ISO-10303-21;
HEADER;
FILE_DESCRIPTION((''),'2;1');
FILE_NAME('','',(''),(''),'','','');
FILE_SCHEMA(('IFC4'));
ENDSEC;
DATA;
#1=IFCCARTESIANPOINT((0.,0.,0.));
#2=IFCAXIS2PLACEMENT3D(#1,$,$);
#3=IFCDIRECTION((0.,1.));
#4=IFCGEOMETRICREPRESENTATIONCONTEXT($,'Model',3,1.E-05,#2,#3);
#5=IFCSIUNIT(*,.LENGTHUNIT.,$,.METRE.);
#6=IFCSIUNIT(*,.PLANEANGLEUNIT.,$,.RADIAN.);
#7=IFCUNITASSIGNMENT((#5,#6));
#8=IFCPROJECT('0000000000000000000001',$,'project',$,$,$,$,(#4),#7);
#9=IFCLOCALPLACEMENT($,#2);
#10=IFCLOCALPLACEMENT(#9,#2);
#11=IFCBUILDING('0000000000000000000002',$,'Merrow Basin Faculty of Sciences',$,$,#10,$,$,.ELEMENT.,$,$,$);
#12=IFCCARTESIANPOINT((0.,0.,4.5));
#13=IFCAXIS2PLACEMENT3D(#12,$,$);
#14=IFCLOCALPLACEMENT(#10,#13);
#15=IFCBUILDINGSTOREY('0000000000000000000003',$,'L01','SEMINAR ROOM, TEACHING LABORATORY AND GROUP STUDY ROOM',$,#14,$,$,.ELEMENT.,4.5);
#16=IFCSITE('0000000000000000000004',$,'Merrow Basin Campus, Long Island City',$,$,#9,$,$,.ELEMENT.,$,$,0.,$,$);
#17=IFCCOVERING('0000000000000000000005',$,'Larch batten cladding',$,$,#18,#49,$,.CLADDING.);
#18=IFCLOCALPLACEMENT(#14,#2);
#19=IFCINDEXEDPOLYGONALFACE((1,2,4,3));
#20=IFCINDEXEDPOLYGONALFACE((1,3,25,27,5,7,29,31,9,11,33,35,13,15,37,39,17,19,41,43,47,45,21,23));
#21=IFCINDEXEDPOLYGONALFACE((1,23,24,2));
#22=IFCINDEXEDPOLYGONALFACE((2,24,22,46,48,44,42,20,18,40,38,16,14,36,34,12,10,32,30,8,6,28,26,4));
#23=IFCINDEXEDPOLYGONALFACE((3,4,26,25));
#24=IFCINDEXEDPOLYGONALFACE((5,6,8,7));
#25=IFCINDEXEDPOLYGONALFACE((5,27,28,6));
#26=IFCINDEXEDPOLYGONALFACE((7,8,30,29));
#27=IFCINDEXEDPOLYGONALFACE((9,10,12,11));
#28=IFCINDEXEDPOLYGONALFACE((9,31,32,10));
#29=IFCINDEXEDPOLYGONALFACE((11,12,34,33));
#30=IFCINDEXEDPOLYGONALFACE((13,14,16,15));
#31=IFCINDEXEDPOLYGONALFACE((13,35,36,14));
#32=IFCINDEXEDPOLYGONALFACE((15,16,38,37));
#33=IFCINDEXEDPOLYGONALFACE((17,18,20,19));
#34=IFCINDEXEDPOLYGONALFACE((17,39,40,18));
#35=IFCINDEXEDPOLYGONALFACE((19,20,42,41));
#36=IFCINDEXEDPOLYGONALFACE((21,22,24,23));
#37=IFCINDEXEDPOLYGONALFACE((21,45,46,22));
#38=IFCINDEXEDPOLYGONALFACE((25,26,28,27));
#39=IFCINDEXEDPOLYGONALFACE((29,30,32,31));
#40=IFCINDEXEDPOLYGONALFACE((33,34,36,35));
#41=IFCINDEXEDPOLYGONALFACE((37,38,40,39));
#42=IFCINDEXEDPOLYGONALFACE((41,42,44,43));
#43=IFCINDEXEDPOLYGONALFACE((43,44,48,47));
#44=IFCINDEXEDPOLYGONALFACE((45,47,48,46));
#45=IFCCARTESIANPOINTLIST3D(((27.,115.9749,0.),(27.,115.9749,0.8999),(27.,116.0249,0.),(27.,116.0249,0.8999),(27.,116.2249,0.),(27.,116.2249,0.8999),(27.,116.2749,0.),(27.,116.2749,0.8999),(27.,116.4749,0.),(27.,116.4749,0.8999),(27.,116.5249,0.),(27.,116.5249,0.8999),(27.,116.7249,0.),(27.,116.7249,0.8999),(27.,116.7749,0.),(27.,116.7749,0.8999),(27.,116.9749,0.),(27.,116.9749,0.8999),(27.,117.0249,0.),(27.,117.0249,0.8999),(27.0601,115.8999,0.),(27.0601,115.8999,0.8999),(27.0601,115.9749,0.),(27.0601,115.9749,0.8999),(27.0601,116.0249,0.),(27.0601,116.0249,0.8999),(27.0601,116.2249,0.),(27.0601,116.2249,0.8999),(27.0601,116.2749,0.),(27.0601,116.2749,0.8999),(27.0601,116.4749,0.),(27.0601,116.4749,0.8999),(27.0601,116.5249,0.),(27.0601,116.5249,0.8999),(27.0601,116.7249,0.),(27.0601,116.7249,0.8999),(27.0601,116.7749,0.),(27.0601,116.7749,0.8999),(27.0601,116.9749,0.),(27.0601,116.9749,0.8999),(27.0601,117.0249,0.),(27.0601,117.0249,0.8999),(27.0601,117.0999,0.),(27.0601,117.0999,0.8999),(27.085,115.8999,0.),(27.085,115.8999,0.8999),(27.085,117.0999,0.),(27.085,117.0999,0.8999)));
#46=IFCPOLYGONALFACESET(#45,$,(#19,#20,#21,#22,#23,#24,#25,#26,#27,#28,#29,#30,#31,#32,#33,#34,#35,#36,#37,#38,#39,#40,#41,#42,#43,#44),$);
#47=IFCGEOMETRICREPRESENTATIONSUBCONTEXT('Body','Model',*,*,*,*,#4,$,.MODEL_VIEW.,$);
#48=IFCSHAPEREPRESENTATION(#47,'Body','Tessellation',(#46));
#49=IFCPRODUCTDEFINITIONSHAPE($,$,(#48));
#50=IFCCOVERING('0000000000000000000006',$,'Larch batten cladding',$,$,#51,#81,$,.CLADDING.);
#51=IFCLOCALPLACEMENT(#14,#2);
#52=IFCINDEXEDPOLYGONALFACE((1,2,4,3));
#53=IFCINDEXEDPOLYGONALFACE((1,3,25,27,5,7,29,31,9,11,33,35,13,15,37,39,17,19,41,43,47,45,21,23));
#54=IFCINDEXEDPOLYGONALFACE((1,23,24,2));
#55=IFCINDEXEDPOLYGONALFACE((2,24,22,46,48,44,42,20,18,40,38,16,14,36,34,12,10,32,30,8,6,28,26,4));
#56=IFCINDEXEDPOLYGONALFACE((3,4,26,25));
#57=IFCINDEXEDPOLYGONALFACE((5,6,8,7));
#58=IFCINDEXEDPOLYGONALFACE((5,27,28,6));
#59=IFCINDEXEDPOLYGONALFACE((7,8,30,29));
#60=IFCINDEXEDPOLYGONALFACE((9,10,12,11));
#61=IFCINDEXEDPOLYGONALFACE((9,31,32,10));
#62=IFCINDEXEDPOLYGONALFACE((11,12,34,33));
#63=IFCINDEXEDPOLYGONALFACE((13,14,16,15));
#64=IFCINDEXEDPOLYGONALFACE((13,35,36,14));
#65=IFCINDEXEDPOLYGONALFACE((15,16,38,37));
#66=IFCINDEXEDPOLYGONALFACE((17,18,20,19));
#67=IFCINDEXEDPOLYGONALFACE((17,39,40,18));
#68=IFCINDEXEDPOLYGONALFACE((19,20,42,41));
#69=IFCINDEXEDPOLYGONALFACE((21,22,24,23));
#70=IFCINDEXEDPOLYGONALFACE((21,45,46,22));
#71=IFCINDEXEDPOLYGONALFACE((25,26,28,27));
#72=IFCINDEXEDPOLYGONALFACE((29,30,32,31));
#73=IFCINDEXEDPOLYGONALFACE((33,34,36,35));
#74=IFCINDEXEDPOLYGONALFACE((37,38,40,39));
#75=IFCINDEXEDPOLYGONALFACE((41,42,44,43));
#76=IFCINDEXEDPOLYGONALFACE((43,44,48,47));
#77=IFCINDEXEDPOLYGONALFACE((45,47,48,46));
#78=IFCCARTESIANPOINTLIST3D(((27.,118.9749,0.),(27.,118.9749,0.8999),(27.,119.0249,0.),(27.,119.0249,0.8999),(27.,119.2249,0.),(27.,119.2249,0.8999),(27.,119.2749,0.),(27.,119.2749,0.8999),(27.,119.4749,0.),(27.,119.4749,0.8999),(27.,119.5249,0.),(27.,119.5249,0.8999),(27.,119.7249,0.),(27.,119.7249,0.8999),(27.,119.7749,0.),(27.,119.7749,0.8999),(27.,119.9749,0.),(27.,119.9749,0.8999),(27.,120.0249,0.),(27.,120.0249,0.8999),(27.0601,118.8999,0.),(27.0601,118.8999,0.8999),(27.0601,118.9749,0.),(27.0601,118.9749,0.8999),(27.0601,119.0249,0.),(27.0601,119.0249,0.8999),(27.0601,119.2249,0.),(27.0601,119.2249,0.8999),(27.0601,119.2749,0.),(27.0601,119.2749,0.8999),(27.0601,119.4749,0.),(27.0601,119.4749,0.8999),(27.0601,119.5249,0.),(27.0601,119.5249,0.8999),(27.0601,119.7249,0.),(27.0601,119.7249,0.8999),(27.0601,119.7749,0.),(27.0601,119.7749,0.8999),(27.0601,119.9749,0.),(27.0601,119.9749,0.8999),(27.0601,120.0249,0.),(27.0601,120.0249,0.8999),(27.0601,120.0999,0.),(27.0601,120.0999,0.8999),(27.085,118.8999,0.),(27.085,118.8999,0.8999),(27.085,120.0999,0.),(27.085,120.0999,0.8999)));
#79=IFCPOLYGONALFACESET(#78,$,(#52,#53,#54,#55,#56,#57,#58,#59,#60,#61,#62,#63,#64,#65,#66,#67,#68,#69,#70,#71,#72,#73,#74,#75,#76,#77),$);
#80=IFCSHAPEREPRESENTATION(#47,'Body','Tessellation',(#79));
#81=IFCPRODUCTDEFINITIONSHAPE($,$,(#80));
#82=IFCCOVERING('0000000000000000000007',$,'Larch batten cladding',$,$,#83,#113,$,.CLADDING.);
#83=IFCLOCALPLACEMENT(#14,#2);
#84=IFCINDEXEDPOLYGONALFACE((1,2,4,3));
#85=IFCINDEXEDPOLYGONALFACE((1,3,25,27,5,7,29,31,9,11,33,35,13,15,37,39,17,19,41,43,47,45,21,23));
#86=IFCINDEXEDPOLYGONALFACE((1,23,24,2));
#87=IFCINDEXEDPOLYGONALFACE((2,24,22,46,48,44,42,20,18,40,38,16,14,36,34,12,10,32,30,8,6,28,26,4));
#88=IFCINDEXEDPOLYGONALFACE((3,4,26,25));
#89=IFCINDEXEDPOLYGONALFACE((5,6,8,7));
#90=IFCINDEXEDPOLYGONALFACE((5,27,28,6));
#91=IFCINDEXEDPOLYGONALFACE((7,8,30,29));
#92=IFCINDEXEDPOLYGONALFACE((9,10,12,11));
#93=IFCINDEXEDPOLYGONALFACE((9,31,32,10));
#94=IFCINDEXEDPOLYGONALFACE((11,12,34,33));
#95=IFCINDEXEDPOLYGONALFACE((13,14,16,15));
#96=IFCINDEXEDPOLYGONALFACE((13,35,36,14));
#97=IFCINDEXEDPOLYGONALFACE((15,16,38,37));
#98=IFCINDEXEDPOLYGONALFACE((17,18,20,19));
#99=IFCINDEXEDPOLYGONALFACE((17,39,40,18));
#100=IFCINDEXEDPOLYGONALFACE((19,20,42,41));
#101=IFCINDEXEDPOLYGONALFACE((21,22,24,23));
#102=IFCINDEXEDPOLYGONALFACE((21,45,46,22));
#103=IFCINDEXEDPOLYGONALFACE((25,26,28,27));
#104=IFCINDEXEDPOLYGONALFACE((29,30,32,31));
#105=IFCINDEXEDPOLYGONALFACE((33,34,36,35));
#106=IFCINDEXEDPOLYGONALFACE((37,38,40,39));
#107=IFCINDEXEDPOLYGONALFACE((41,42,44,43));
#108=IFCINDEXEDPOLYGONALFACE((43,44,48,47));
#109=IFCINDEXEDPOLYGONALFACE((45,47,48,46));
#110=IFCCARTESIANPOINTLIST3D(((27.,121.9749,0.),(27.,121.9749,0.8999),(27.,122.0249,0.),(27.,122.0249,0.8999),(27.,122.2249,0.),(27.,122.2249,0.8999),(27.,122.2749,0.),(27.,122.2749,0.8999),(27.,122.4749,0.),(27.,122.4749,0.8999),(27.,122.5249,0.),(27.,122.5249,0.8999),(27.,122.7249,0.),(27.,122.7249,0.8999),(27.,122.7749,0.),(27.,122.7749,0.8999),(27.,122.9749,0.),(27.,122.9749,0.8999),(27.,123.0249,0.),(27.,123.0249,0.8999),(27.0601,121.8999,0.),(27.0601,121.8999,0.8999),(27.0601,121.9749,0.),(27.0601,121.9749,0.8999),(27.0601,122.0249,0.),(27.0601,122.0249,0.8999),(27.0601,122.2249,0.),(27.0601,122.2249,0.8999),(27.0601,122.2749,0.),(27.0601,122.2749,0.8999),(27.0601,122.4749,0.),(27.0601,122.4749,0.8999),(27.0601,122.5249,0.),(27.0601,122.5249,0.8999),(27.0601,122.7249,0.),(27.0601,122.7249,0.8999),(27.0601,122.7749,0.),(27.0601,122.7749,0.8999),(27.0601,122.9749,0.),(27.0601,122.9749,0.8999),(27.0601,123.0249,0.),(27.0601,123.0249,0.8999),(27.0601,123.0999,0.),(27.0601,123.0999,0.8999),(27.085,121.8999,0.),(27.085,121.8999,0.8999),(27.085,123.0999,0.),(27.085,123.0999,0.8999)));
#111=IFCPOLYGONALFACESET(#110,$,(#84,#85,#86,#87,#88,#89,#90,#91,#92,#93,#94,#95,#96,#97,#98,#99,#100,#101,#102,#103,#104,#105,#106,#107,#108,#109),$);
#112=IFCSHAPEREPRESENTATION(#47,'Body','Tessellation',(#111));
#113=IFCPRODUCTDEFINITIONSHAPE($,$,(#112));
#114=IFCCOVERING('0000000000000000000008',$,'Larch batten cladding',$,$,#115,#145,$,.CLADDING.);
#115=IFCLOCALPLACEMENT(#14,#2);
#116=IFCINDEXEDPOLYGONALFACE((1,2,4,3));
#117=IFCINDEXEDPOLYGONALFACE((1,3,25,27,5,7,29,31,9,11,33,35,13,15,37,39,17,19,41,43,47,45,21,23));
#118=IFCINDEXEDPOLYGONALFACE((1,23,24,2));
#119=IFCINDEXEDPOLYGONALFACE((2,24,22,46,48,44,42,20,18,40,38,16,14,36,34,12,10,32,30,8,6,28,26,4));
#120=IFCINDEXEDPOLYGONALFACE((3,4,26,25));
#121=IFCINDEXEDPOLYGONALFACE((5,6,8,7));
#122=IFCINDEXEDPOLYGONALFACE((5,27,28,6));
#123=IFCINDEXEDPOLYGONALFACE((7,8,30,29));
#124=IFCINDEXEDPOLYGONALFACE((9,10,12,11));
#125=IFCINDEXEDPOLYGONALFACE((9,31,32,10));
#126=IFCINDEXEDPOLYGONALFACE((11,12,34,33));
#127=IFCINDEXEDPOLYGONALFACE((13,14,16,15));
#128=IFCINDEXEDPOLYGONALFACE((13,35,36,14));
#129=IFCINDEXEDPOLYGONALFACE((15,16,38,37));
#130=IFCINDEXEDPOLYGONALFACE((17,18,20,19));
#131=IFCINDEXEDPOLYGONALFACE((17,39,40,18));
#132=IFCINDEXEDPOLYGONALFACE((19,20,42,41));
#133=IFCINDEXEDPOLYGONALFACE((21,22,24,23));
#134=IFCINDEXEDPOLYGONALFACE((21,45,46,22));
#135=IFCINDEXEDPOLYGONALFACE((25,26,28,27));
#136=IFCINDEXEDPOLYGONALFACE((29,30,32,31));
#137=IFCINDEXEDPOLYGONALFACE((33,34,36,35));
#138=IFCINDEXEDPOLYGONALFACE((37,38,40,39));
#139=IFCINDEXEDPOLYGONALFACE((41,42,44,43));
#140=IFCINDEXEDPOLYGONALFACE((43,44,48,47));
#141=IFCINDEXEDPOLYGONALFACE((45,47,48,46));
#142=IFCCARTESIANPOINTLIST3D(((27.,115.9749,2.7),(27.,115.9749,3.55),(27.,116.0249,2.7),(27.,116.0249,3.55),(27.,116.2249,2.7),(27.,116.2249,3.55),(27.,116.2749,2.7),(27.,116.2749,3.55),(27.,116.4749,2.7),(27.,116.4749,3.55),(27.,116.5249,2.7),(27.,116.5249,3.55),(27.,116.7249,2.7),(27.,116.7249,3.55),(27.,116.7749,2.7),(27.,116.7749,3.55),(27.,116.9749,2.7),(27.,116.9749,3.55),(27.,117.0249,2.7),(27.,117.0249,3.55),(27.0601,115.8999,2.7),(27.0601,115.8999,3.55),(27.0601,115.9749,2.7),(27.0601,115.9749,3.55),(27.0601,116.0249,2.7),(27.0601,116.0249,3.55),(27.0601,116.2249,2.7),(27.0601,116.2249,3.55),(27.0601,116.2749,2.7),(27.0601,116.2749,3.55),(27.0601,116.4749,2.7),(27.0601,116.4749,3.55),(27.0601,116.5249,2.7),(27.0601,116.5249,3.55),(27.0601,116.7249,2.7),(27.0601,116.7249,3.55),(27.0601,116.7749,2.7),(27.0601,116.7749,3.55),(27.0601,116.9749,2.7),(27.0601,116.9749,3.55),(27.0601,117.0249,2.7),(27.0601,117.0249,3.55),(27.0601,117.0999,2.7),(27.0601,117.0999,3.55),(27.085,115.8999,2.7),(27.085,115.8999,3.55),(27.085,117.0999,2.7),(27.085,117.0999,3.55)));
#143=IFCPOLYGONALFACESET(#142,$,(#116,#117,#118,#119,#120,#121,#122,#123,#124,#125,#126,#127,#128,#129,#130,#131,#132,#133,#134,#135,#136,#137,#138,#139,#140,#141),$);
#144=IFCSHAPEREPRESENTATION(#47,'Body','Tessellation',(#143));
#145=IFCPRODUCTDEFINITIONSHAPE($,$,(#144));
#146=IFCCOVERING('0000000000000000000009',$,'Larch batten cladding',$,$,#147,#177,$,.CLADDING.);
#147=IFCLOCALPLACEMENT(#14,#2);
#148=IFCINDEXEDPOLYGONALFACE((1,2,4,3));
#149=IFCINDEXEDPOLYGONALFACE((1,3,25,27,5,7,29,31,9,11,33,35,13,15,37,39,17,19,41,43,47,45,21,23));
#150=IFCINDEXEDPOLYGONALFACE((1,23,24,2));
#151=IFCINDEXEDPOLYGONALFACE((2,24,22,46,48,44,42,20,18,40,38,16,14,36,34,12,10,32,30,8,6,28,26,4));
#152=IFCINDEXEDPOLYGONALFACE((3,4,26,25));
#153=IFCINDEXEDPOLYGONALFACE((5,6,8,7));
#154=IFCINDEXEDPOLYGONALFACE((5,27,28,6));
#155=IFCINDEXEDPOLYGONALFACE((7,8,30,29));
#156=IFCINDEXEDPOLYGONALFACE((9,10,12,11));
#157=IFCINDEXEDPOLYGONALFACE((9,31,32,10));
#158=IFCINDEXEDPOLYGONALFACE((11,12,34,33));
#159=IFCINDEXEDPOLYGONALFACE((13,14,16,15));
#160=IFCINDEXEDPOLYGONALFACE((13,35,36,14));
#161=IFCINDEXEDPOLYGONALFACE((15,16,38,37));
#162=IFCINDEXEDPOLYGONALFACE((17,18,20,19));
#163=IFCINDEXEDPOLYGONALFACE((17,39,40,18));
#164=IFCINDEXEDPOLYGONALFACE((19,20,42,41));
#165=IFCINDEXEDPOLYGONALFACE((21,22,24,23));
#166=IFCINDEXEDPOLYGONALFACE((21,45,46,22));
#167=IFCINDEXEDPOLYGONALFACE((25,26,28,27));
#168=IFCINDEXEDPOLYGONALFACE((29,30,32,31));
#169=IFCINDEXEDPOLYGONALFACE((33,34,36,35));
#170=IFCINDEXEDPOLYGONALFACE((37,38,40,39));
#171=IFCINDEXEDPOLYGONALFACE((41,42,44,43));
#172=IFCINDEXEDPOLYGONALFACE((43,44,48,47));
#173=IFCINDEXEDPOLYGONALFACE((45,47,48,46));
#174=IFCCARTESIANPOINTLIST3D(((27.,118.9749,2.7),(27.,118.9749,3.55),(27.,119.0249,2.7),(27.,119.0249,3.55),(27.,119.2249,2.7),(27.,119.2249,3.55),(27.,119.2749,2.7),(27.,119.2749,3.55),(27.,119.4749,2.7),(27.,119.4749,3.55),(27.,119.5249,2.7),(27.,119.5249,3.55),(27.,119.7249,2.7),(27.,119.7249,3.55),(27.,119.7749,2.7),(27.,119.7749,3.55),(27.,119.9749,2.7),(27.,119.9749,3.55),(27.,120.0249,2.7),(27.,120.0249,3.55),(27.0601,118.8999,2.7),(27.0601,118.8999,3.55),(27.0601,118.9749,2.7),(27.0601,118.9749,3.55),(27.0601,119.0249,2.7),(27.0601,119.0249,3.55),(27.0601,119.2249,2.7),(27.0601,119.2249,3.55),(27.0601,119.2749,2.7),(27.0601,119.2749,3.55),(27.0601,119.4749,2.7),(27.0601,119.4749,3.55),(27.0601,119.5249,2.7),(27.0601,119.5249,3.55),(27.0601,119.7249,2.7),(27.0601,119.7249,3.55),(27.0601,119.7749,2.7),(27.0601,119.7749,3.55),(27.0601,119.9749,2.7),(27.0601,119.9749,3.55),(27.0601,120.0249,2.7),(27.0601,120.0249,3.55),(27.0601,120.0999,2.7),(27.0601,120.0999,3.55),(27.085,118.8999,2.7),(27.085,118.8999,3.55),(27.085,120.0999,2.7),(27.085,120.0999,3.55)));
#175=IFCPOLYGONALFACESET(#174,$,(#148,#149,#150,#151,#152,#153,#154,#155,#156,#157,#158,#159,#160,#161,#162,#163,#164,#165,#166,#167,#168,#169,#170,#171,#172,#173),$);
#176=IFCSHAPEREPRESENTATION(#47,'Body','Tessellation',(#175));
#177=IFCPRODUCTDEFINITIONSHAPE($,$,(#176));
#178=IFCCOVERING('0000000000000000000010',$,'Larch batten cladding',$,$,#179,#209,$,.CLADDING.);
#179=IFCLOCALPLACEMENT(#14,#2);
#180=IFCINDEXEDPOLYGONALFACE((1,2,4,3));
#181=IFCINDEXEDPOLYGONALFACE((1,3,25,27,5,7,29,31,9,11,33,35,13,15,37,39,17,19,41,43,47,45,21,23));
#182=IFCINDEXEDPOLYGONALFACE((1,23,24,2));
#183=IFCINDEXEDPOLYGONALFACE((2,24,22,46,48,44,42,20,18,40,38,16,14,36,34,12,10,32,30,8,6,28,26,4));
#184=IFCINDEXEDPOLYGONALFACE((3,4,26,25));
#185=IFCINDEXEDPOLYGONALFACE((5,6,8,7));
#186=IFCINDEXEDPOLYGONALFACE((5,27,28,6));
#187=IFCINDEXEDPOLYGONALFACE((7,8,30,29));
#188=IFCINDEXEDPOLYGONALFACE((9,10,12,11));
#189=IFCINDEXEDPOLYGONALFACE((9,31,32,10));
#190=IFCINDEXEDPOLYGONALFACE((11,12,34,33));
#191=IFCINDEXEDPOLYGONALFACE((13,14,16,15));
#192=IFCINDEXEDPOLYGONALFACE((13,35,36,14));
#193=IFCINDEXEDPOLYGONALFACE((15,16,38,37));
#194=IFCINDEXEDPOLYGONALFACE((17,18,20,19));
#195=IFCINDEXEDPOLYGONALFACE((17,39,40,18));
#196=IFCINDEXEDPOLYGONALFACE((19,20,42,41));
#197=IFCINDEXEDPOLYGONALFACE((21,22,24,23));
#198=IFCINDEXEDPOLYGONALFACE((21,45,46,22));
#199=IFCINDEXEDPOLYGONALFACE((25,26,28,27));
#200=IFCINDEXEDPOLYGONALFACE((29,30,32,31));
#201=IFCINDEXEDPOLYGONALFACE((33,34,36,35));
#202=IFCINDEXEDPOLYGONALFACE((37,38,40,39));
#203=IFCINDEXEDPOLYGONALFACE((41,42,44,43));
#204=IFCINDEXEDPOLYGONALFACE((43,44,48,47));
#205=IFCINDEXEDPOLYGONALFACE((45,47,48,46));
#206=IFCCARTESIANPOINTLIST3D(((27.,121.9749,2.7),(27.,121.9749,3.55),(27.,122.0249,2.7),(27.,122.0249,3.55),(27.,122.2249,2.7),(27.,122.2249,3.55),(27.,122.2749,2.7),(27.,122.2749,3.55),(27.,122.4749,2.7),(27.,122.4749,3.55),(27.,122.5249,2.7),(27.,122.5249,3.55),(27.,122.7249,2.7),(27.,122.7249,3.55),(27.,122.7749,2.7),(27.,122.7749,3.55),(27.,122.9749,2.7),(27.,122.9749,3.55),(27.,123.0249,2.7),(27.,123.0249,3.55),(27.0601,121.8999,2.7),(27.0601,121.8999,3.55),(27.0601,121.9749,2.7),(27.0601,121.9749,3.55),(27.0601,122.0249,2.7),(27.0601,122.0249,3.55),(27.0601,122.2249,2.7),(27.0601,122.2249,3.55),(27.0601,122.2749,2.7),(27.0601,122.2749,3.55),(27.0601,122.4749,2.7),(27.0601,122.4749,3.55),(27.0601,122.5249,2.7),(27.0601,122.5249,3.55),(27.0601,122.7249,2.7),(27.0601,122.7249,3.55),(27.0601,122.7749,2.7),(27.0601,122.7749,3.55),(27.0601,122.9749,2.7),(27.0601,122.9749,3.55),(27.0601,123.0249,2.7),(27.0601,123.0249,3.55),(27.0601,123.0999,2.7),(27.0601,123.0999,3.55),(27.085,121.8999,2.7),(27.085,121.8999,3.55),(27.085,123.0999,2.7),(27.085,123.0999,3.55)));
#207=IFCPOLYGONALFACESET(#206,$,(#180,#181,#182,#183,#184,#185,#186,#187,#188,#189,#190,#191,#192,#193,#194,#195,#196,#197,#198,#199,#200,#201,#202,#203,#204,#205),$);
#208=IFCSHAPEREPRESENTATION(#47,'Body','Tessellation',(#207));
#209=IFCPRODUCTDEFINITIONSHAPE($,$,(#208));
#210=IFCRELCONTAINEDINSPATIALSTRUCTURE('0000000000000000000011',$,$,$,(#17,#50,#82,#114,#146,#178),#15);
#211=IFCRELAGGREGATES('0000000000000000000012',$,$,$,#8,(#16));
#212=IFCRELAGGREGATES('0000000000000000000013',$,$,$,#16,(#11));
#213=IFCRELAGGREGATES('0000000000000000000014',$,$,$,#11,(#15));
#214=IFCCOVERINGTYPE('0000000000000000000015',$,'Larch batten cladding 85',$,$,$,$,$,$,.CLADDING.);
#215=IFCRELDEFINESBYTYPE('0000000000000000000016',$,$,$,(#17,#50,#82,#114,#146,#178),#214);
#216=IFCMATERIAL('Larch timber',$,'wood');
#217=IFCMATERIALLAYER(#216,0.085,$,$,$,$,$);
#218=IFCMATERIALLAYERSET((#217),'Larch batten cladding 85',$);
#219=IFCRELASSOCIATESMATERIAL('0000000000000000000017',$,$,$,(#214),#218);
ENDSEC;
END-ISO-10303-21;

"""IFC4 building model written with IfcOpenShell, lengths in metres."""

from ifc_helpers import new_model, si_unit, direction, frame, origin, place, context, subcontext, project, spatial, polyline, outline, extrude, source, transform, mapped, material, layer, layer_set, type_object, element, save


model = new_model("IFC4")

# Units and contexts
model_context = context("Model", 3, precision=1e-05, world=origin(), true_north=direction((0.0, 1.0)))
body_context = subcontext(model_context, "Body", "Model", "MODEL_VIEW")
ifc_project = project(units=[si_unit("LENGTHUNIT", "METRE"), si_unit("PLANEANGLEUNIT", "RADIAN")], contexts=[model_context])

# Site, building, storey
site_placement = place(None, origin())
site = spatial("IfcSite", under=ifc_project, at=site_placement, Name="Merrow Basin Campus, Long Island City", CompositionType="ELEMENT", RefElevation=0.0)
building_placement = place(site_placement, origin())
building = spatial("IfcBuilding", under=site, at=building_placement, Name="Merrow Basin Faculty of Sciences", CompositionType="ELEMENT")
storey_placement = place(building_placement, frame((0.0, 0.0, 4.5)))
storey = spatial("IfcBuildingStorey", under=building, at=storey_placement, Name="L01", Description="SEMINAR ROOM, TEACHING LABORATORY AND GROUP STUDY ROOM", CompositionType="ELEMENT", Elevation=4.5)

# Coverings
ifc_material_1 = material(Name="Larch timber", Category="wood")
ifc_layer_1 = layer(ifc_material_1, 0.085)
ifc_layer_set_1 = layer_set([ifc_layer_1], Name="Larch batten cladding 85")
covering_type_1 = type_object("IfcCoveringType", Name="Larch batten cladding 85", PredefinedType="CLADDING", material=ifc_layer_set_1)
shared_shape_1 = source(origin(), body_context, "Body", "SweptSolid", [
    extrude(outline(polyline([(0.0, 0.0), (1.2, 0.0), (1.2, 0.0249), (1.125, 0.0249), (1.125, 0.085), (1.075, 0.085), (1.075, 0.0249), (0.875, 0.0249), (0.875, 0.085), (0.825, 0.085), (0.825, 0.0249), (0.625, 0.0249), (0.625, 0.085), (0.575, 0.085), (0.575, 0.0249), (0.375, 0.0249), (0.375, 0.085), (0.325, 0.085), (0.325, 0.0249), (0.125, 0.0249), (0.125, 0.085), (0.075, 0.085), (0.075, 0.0249), (0.0, 0.0249), (0.0, 0.0)])), origin(), (0.0, 0.0, 1.0), 0.8999),
])
for number, where, z_axis, x_axis, name in (
    (1, (27.085, 115.8999, 0.0), (0.0, 0.0, 1.0), (0.0, 1.0, 0.0), "Larch batten cladding"),
    (2, (27.085, 118.8999, 0.0), (0.0, 0.0, 1.0), (0.0, 1.0, 0.0), "Larch batten cladding"),
    (3, (27.085, 121.8999, 0.0), (0.0, 0.0, 1.0), (0.0, 1.0, 0.0), "Larch batten cladding"),
):
    element("IfcCovering", number, at=place(storey_placement, frame(where, z_axis=z_axis, x_axis=x_axis)), inside=storey, type_object=covering_type_1, Name=name, PredefinedType="CLADDING", context=body_context, shape_type="MappedRepresentation", body=[
        mapped(shared_shape_1, transform((0.0, 0.0, 0.0), scale=1.0)),
    ])
shared_shape_2 = source(origin(), body_context, "Body", "SweptSolid", [
    extrude(outline(polyline([(0.0, 0.0), (1.2, 0.0), (1.2, 0.0249), (1.125, 0.0249), (1.125, 0.085), (1.075, 0.085), (1.075, 0.0249), (0.875, 0.0249), (0.875, 0.085), (0.825, 0.085), (0.825, 0.0249), (0.625, 0.0249), (0.625, 0.085), (0.575, 0.085), (0.575, 0.0249), (0.375, 0.0249), (0.375, 0.085), (0.325, 0.085), (0.325, 0.0249), (0.125, 0.0249), (0.125, 0.085), (0.075, 0.085), (0.075, 0.0249), (0.0, 0.0249), (0.0, 0.0)])), origin(), (0.0, 0.0, 1.0), 0.8501),
])
for number, where, z_axis, x_axis, name in (
    (4, (27.085, 115.8999, 2.7), (0.0, 0.0, 1.0), (0.0, 1.0, 0.0), "Larch batten cladding"),
    (5, (27.085, 118.8999, 2.7), (0.0, 0.0, 1.0), (0.0, 1.0, 0.0), "Larch batten cladding"),
    (6, (27.085, 121.8999, 2.7), (0.0, 0.0, 1.0), (0.0, 1.0, 0.0), "Larch batten cladding"),
):
    element("IfcCovering", number, at=place(storey_placement, frame(where, z_axis=z_axis, x_axis=x_axis)), inside=storey, type_object=covering_type_1, Name=name, PredefinedType="CLADDING", context=body_context, shape_type="MappedRepresentation", body=[
        mapped(shared_shape_2, transform((0.0, 0.0, 0.0), scale=1.0)),
    ])

save(model, "model.ifc")
